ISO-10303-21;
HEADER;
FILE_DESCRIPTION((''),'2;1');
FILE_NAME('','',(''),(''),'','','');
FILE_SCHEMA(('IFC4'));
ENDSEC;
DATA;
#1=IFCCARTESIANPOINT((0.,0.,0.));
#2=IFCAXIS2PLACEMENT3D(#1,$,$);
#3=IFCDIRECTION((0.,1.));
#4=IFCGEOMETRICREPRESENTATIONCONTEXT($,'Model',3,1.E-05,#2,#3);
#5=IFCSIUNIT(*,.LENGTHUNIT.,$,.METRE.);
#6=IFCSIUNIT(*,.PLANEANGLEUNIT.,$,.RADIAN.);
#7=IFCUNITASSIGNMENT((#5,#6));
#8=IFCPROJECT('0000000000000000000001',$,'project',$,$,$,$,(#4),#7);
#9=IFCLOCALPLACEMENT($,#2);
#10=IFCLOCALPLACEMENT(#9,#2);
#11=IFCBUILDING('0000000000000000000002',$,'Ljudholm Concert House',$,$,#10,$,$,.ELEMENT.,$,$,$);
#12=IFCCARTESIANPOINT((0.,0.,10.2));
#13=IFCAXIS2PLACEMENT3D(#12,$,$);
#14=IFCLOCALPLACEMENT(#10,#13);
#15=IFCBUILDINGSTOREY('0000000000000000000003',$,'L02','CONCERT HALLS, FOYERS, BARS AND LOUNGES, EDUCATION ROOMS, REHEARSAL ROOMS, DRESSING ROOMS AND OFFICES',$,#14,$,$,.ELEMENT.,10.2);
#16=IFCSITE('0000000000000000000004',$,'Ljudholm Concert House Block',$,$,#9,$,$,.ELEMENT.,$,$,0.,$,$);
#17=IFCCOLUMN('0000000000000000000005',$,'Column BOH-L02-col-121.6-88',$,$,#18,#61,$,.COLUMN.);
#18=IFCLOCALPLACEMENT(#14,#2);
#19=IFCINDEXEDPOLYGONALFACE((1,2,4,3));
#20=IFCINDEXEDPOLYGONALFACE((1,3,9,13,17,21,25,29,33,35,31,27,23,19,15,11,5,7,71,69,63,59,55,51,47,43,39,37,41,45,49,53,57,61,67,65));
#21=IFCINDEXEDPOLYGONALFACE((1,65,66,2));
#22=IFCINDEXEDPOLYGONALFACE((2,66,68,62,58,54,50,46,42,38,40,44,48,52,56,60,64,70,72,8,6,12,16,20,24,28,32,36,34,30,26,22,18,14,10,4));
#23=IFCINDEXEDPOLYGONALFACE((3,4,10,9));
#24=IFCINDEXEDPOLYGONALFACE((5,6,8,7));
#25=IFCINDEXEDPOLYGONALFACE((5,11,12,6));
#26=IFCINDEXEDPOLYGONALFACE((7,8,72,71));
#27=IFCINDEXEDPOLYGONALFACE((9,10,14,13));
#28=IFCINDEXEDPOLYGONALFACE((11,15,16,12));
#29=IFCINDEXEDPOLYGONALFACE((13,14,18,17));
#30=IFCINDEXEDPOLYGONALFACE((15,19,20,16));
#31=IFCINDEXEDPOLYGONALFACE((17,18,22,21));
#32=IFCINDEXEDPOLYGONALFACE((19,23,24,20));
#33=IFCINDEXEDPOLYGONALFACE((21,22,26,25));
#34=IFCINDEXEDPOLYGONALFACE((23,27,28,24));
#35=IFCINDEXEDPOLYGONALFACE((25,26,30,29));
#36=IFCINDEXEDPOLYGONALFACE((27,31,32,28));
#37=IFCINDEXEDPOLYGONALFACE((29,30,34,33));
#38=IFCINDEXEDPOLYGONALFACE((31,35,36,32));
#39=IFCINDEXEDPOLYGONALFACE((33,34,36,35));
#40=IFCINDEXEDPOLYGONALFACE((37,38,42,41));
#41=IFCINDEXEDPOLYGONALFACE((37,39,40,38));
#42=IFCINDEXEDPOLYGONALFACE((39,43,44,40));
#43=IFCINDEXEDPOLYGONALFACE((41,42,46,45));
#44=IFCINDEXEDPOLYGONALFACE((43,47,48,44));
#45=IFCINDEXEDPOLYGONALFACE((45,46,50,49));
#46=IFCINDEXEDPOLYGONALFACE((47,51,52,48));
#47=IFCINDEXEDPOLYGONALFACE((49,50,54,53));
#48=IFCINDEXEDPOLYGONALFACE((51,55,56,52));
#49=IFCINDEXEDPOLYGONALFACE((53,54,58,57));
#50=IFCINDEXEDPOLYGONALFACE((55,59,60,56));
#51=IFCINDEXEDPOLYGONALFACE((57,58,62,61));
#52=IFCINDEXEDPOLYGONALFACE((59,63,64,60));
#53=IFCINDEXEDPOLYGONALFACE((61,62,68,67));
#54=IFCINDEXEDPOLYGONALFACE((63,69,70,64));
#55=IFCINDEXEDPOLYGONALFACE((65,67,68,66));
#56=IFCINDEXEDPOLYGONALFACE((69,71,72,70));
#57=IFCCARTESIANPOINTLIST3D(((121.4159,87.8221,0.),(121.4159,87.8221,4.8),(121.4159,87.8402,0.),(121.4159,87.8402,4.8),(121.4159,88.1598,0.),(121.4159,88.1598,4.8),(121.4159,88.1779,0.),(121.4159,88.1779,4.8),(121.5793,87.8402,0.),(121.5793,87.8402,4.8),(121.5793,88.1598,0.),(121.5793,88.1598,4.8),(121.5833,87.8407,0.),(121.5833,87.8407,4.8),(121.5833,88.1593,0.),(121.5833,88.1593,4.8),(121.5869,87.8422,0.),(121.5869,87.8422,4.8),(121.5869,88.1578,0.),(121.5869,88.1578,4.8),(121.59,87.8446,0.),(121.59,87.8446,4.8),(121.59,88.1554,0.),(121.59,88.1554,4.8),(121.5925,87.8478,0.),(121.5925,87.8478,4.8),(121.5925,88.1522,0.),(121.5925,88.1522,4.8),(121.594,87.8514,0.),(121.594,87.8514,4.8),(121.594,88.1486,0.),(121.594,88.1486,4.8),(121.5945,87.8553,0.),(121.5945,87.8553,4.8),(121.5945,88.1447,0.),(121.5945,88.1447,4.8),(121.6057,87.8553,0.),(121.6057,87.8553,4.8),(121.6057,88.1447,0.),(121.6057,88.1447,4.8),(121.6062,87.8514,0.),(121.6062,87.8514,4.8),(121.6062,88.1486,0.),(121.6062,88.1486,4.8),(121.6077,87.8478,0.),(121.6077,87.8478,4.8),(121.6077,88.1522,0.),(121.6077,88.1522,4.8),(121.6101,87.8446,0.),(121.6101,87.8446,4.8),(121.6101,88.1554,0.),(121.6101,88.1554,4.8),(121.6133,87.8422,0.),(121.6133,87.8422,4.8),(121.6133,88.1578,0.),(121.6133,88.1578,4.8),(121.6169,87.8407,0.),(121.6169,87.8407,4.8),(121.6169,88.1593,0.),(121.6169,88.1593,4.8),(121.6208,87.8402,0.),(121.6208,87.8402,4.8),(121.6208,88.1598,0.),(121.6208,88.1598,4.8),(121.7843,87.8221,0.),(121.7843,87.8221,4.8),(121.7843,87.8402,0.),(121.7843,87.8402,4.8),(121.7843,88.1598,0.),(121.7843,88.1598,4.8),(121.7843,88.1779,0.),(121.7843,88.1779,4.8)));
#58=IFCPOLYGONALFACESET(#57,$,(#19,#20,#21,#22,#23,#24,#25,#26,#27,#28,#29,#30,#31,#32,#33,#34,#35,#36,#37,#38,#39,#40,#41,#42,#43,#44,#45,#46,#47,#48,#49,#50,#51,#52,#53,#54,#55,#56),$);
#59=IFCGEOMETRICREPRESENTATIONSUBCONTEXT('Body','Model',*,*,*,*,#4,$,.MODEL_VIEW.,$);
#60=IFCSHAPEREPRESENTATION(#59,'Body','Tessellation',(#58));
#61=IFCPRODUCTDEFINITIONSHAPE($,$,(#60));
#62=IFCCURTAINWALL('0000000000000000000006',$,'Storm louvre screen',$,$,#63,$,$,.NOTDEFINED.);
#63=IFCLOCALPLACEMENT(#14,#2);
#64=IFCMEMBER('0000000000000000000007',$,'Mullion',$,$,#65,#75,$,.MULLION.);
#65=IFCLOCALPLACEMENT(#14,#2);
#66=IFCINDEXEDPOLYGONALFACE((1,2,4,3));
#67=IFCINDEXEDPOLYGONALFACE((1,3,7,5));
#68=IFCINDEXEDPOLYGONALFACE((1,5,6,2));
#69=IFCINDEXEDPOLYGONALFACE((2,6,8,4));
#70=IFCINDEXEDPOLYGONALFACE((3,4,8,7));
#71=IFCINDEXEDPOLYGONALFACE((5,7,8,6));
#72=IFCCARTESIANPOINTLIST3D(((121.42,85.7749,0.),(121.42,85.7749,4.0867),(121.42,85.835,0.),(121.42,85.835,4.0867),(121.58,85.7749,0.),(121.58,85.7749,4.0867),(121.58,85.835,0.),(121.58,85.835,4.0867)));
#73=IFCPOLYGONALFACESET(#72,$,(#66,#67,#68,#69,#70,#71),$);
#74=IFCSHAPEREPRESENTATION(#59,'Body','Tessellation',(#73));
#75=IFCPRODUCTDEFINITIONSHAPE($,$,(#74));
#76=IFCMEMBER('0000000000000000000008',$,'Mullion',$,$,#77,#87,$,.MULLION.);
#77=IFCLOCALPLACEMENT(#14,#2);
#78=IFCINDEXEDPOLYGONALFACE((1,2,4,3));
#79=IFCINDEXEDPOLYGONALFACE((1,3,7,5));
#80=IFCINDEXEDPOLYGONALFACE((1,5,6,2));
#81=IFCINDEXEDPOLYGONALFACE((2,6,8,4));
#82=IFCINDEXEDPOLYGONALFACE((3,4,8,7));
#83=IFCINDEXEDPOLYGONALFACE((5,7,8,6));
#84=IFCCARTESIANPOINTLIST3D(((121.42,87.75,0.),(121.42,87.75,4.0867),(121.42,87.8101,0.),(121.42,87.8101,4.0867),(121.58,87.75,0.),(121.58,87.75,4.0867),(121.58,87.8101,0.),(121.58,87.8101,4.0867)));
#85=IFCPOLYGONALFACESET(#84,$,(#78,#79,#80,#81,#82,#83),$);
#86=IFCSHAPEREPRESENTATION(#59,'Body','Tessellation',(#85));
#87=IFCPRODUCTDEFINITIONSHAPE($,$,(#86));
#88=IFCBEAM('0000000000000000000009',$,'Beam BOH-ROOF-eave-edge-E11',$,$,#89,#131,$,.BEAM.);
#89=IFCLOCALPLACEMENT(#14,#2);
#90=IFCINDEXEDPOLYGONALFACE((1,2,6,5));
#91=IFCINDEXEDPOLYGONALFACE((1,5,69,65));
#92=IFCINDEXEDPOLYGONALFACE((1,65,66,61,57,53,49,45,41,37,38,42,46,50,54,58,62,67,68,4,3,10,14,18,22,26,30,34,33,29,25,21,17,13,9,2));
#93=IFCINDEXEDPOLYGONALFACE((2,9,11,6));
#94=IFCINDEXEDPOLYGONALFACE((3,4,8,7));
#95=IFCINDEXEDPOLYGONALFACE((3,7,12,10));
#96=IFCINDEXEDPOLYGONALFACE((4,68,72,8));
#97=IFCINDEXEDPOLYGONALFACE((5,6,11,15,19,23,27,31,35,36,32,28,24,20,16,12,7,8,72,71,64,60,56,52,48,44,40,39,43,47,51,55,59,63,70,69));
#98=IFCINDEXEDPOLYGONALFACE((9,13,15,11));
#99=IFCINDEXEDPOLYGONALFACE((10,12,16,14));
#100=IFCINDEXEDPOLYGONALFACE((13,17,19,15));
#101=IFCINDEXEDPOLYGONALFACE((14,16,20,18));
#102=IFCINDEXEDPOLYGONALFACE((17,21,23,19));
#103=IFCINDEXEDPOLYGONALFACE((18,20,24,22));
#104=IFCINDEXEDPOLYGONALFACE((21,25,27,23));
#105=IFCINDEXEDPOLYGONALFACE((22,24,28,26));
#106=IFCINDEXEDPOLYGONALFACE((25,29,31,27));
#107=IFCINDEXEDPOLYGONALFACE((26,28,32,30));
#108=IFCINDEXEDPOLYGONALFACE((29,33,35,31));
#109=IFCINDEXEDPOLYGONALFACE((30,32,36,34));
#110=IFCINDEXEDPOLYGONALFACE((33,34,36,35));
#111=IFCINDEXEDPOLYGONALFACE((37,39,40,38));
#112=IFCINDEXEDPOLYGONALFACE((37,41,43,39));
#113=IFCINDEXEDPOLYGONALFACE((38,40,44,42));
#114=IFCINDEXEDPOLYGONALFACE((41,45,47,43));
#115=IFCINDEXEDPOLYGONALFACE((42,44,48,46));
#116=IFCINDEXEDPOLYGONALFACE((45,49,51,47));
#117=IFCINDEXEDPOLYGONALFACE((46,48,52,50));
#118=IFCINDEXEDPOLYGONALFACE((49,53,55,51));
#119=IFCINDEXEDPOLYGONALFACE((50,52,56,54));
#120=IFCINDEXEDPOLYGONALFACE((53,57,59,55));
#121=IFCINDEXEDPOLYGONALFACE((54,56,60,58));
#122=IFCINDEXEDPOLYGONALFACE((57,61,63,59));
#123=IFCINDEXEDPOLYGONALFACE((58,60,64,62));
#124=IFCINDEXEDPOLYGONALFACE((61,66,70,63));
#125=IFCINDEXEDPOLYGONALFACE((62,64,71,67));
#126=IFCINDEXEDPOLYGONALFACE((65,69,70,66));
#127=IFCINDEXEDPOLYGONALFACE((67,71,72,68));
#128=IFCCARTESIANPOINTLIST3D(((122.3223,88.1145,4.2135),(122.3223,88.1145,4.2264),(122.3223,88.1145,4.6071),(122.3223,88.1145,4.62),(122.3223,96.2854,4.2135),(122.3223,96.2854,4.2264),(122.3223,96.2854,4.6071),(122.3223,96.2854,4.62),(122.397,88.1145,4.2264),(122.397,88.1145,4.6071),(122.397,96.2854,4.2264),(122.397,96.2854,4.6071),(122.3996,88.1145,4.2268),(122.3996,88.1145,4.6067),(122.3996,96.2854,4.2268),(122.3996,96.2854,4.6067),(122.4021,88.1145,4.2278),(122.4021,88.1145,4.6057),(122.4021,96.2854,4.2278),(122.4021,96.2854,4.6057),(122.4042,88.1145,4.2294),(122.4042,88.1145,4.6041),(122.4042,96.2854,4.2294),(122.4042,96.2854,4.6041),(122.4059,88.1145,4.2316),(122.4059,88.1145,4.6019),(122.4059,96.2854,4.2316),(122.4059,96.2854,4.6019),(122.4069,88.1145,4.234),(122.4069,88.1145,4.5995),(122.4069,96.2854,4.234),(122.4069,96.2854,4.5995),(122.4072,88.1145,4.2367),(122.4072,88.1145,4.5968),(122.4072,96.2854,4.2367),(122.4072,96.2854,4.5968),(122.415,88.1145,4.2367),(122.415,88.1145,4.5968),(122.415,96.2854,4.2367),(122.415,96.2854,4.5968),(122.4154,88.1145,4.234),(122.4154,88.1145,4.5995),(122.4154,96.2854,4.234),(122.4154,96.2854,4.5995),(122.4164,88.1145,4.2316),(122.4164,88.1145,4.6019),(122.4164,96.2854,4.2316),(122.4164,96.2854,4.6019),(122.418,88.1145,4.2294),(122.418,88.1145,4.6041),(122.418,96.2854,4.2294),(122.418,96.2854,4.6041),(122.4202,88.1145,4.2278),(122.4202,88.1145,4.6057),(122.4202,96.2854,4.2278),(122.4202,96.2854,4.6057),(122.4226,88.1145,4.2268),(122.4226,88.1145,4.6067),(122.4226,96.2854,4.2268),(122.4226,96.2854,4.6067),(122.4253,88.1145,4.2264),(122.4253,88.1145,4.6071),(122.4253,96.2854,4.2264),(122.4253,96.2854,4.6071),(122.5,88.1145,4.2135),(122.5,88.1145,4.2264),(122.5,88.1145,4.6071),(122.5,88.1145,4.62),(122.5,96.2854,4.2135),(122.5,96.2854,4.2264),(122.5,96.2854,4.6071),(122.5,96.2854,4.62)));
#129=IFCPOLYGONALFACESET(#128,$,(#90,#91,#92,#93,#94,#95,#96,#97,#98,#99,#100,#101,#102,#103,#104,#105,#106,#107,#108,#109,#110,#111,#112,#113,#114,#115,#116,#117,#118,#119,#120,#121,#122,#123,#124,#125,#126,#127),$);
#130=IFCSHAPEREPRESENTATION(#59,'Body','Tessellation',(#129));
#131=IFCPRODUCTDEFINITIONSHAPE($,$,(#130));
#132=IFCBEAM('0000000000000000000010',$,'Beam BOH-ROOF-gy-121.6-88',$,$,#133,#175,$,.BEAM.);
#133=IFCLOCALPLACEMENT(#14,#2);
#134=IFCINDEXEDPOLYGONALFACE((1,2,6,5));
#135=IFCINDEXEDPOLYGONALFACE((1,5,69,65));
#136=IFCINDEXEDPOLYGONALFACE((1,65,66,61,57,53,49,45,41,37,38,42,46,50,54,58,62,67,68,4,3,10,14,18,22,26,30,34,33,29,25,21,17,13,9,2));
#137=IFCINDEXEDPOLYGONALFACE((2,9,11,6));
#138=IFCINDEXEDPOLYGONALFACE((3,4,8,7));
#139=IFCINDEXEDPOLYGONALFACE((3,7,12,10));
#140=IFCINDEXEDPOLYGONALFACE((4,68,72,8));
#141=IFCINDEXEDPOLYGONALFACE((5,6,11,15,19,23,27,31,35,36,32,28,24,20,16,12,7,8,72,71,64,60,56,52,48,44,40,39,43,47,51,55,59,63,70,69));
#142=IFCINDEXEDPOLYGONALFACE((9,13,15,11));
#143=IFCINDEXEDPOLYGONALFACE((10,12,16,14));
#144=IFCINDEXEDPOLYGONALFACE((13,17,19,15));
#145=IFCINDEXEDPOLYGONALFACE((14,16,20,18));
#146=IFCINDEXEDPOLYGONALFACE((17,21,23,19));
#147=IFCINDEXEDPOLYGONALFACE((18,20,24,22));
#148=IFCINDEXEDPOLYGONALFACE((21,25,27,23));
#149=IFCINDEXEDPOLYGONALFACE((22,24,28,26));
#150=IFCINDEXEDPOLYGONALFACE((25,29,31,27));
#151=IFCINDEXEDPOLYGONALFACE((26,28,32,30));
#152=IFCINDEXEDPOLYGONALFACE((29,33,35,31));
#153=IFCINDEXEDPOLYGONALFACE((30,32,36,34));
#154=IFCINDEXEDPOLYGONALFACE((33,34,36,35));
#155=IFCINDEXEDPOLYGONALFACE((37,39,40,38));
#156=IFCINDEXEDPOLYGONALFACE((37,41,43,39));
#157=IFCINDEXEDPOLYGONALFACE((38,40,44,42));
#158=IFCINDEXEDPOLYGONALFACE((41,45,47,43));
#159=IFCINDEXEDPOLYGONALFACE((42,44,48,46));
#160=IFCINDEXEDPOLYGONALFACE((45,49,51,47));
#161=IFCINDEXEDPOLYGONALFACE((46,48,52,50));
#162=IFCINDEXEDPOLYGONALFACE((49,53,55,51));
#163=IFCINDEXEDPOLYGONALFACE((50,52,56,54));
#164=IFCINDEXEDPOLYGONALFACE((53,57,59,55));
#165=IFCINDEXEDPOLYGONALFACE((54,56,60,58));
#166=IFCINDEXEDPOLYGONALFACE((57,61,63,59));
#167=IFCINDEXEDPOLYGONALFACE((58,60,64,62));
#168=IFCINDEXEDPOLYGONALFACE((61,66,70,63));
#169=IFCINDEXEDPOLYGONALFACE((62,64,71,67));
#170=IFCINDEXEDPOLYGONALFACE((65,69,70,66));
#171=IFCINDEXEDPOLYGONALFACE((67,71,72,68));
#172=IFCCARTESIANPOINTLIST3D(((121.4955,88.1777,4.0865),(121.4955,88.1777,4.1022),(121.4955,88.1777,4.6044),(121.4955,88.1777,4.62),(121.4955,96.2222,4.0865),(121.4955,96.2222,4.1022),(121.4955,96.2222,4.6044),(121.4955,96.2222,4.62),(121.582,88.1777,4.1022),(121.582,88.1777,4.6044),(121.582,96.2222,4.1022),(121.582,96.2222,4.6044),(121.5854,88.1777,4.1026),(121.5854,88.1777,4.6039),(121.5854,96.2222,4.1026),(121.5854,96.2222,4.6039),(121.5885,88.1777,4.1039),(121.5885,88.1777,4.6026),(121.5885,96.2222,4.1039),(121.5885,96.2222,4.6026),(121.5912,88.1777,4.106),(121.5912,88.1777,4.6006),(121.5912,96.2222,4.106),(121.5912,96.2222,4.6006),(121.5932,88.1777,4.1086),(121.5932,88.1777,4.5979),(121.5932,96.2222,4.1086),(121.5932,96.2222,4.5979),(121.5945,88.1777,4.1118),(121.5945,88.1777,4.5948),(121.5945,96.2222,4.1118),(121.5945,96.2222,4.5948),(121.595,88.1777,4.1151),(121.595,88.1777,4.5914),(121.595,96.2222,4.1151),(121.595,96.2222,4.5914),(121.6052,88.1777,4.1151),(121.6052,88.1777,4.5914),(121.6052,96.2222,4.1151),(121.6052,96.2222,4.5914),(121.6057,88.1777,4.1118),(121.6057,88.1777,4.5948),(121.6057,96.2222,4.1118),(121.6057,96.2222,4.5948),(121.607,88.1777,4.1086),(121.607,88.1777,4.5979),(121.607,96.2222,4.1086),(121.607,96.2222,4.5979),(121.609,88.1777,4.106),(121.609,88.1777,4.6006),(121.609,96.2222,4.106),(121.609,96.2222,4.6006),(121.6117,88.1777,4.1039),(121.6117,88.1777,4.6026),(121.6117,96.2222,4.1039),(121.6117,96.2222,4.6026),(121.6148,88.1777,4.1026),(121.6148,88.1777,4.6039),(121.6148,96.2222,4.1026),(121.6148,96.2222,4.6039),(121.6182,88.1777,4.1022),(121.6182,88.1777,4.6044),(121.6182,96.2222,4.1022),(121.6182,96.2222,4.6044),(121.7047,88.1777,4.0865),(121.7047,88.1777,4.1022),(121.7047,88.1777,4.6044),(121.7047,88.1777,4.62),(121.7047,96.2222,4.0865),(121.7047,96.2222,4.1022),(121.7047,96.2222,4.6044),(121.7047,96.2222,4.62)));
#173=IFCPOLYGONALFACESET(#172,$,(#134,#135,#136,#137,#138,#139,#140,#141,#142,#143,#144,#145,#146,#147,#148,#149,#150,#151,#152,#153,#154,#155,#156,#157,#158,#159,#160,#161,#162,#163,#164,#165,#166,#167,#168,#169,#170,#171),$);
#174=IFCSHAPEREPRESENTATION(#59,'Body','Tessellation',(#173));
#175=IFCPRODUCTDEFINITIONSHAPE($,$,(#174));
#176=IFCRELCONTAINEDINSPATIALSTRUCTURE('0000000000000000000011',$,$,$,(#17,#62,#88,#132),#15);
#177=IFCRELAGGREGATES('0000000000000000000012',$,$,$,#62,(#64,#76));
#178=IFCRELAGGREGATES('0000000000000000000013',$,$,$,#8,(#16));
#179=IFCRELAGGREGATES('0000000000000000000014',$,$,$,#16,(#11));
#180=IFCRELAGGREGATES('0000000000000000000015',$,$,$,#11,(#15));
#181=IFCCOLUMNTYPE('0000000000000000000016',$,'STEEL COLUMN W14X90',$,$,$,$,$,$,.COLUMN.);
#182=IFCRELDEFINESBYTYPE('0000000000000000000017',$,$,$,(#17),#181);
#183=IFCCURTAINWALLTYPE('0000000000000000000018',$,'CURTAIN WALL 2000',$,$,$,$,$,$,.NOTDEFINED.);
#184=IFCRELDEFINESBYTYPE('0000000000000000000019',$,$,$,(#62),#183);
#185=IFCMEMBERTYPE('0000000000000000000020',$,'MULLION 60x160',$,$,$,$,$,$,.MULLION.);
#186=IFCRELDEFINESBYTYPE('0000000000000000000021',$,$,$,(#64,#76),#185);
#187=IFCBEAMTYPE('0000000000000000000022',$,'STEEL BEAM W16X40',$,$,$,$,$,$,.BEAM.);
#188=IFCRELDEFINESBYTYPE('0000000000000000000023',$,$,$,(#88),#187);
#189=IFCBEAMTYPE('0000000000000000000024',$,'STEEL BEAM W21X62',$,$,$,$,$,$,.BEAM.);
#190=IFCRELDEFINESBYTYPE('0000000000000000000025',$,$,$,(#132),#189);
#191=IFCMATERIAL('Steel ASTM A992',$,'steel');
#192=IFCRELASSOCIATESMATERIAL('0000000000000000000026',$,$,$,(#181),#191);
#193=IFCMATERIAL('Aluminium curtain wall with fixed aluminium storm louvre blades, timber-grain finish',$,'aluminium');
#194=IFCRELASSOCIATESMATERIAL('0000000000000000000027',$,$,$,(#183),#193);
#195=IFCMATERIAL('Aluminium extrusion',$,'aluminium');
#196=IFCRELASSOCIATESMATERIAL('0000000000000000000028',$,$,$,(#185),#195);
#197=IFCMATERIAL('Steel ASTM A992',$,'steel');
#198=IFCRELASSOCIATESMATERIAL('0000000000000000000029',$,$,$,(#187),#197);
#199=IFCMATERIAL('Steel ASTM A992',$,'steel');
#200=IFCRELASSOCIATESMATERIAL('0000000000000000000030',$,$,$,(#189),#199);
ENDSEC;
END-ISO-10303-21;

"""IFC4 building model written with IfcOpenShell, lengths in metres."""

from ifc_helpers import new_model, si_unit, direction, frame, origin, origin_2d, place, context, subcontext, project, spatial, rectangle, i_section, extrude, material, material_profile, profile_set, type_object, element, aggregate, save


model = new_model("IFC4")

# Units and contexts
model_context = context("Model", 3, precision=1e-05, world=origin(), true_north=direction((0.0, 1.0)))
body_context = subcontext(model_context, "Body", "Model", "MODEL_VIEW")
ifc_project = project(units=[si_unit("LENGTHUNIT", "METRE"), si_unit("PLANEANGLEUNIT", "RADIAN")], contexts=[model_context])

# Site, building, storey
site_placement = place(None, origin())
site = spatial("IfcSite", under=ifc_project, at=site_placement, Name="Ljudholm Concert House Block", CompositionType="ELEMENT", RefElevation=0.0)
building_placement = place(site_placement, origin())
building = spatial("IfcBuilding", under=site, at=building_placement, Name="Ljudholm Concert House", CompositionType="ELEMENT")
storey_placement = place(building_placement, frame((0.0, 0.0, 10.2)))
storey = spatial("IfcBuildingStorey", under=building, at=storey_placement, Name="L02", Description="CONCERT HALLS, FOYERS, BARS AND LOUNGES, EDUCATION ROOMS, REHEARSAL ROOMS, DRESSING ROOMS AND OFFICES", CompositionType="ELEMENT", Elevation=10.2)

# Column
ifc_material_1 = material(Name="Steel ASTM A992", Category="steel")
ifc_material_profile_1 = material_profile(ifc_material_1, i_section(OverallWidth=0.3684, OverallDepth=0.3557, WebThickness=0.0112, FlangeThickness=0.0181, FilletRadius=0.0151, at=origin_2d()), Name="W14X90")
ifc_profile_set_1 = profile_set([ifc_material_profile_1], Name="Steel ASTM A992")
column_type = type_object("IfcColumnType", Name="STEEL COLUMN W14X90", PredefinedType="COLUMN", material=ifc_profile_set_1)
column_placement = place(storey_placement, frame((121.6001, 88.0, 0.0), z_axis=(0.0, 0.0, 1.0), x_axis=(1.0, 0.0, 0.0)))
element("IfcColumn", 1, at=column_placement, inside=storey, type_object=column_type, Name="Column BOH-L02-col-121.6-88", PredefinedType="COLUMN", context=body_context, shape_type="SweptSolid", body=[
    extrude(i_section(OverallWidth=0.3684, OverallDepth=0.3557, WebThickness=0.0112, FlangeThickness=0.0181, FilletRadius=0.0151, at=origin_2d()), origin(), (0.0, 0.0, 1.0), 4.8),
])

# Curtain wall, members
ifc_material_2 = material(Name="Aluminium curtain wall with fixed aluminium storm louvre blades, timber-grain finish", Category="aluminium")
curtain_wall_type = type_object("IfcCurtainWallType", Name="CURTAIN WALL 2000", PredefinedType="NOTDEFINED", material=ifc_material_2)
curtain_wall_placement = place(storey_placement, origin())
curtain_wall = element("IfcCurtainWall", 2, at=curtain_wall_placement, inside=storey, type_object=curtain_wall_type, Name="Storm louvre screen", PredefinedType="NOTDEFINED")
ifc_material_3 = material(Name="Aluminium extrusion", Category="aluminium")
ifc_material_profile_2 = material_profile(ifc_material_3, rectangle(XDim=0.1599, YDim=0.0601, at=origin_2d()), Name="MULLION 60x160")
ifc_profile_set_2 = profile_set([ifc_material_profile_2], Name="Aluminium extrusion")
member_type_1 = type_object("IfcMemberType", Name="MULLION 60x160", PredefinedType="MULLION", material=ifc_profile_set_2)
member_1_placement = place(storey_placement, frame((121.5, 85.8049, 0.0), z_axis=(0.0, 0.0, 1.0), x_axis=(-1.0, 0.0, 0.0)))
member_1 = element("IfcMember", 3, at=member_1_placement, type_object=member_type_1, Name="Mullion", PredefinedType="MULLION", context=body_context, shape_type="SweptSolid", body=[
    extrude(rectangle(XDim=0.1599, YDim=0.0601, at=origin_2d()), origin(), (0.0, 0.0, 1.0), 4.0867),
])
member_2_placement = place(storey_placement, frame((121.5, 87.78, 0.0), z_axis=(0.0, 0.0, 1.0), x_axis=(-1.0, 0.0, 0.0)))
member_2 = element("IfcMember", 4, at=member_2_placement, type_object=member_type_1, Name="Mullion", PredefinedType="MULLION", context=body_context, shape_type="SweptSolid", body=[
    extrude(rectangle(XDim=0.1599, YDim=0.0601, at=origin_2d()), origin(), (0.0, 0.0, 1.0), 4.0867),
])

# Beams
ifc_material_4 = material(Name="Steel ASTM A992", Category="steel")
ifc_material_profile_3 = material_profile(ifc_material_4, i_section(OverallWidth=0.1777, OverallDepth=0.4065, WebThickness=0.0078, FlangeThickness=0.0129, FilletRadius=0.0103, at=origin_2d()), Name="W16X40")
ifc_profile_set_3 = profile_set([ifc_material_profile_3], Name="Steel ASTM A992")
beam_type_1 = type_object("IfcBeamType", Name="STEEL BEAM W16X40", PredefinedType="BEAM", material=ifc_profile_set_3)
beam_1_placement = place(storey_placement, frame((122.4111, 88.1145, 4.4167), z_axis=(0.0, 1.0, 0.0), x_axis=(-1.0, 0.0, 0.0)))
element("IfcBeam", 5, at=beam_1_placement, inside=storey, type_object=beam_type_1, Name="Beam BOH-ROOF-eave-edge-E11", PredefinedType="BEAM", context=body_context, shape_type="SweptSolid", body=[
    extrude(i_section(OverallWidth=0.1777, OverallDepth=0.4065, WebThickness=0.0078, FlangeThickness=0.0129, FilletRadius=0.0103, at=origin_2d()), origin(), (0.0, 0.0, 1.0), 8.1709),
])
ifc_material_5 = material(Name="Steel ASTM A992", Category="steel")
ifc_material_profile_4 = material_profile(ifc_material_5, i_section(OverallWidth=0.2092, OverallDepth=0.5334, WebThickness=0.0103, FlangeThickness=0.0156, FilletRadius=0.0129, at=origin_2d()), Name="W21X62")
ifc_profile_set_4 = profile_set([ifc_material_profile_4], Name="Steel ASTM A992")
beam_type_2 = type_object("IfcBeamType", Name="STEEL BEAM W21X62", PredefinedType="BEAM", material=ifc_profile_set_4)
beam_2_placement = place(storey_placement, frame((121.6001, 88.1777, 4.3533), z_axis=(0.0, 1.0, 0.0), x_axis=(-1.0, 0.0, 0.0)))
element("IfcBeam", 6, at=beam_2_placement, inside=storey, type_object=beam_type_2, Name="Beam BOH-ROOF-gy-121.6-88", PredefinedType="BEAM", context=body_context, shape_type="SweptSolid", body=[
    extrude(i_section(OverallWidth=0.2092, OverallDepth=0.5334, WebThickness=0.0103, FlangeThickness=0.0156, FilletRadius=0.0129, at=origin_2d()), origin(), (0.0, 0.0, 1.0), 8.0444),
])

aggregate(curtain_wall, [member_1, member_2])

save(model, "model.ifc")
